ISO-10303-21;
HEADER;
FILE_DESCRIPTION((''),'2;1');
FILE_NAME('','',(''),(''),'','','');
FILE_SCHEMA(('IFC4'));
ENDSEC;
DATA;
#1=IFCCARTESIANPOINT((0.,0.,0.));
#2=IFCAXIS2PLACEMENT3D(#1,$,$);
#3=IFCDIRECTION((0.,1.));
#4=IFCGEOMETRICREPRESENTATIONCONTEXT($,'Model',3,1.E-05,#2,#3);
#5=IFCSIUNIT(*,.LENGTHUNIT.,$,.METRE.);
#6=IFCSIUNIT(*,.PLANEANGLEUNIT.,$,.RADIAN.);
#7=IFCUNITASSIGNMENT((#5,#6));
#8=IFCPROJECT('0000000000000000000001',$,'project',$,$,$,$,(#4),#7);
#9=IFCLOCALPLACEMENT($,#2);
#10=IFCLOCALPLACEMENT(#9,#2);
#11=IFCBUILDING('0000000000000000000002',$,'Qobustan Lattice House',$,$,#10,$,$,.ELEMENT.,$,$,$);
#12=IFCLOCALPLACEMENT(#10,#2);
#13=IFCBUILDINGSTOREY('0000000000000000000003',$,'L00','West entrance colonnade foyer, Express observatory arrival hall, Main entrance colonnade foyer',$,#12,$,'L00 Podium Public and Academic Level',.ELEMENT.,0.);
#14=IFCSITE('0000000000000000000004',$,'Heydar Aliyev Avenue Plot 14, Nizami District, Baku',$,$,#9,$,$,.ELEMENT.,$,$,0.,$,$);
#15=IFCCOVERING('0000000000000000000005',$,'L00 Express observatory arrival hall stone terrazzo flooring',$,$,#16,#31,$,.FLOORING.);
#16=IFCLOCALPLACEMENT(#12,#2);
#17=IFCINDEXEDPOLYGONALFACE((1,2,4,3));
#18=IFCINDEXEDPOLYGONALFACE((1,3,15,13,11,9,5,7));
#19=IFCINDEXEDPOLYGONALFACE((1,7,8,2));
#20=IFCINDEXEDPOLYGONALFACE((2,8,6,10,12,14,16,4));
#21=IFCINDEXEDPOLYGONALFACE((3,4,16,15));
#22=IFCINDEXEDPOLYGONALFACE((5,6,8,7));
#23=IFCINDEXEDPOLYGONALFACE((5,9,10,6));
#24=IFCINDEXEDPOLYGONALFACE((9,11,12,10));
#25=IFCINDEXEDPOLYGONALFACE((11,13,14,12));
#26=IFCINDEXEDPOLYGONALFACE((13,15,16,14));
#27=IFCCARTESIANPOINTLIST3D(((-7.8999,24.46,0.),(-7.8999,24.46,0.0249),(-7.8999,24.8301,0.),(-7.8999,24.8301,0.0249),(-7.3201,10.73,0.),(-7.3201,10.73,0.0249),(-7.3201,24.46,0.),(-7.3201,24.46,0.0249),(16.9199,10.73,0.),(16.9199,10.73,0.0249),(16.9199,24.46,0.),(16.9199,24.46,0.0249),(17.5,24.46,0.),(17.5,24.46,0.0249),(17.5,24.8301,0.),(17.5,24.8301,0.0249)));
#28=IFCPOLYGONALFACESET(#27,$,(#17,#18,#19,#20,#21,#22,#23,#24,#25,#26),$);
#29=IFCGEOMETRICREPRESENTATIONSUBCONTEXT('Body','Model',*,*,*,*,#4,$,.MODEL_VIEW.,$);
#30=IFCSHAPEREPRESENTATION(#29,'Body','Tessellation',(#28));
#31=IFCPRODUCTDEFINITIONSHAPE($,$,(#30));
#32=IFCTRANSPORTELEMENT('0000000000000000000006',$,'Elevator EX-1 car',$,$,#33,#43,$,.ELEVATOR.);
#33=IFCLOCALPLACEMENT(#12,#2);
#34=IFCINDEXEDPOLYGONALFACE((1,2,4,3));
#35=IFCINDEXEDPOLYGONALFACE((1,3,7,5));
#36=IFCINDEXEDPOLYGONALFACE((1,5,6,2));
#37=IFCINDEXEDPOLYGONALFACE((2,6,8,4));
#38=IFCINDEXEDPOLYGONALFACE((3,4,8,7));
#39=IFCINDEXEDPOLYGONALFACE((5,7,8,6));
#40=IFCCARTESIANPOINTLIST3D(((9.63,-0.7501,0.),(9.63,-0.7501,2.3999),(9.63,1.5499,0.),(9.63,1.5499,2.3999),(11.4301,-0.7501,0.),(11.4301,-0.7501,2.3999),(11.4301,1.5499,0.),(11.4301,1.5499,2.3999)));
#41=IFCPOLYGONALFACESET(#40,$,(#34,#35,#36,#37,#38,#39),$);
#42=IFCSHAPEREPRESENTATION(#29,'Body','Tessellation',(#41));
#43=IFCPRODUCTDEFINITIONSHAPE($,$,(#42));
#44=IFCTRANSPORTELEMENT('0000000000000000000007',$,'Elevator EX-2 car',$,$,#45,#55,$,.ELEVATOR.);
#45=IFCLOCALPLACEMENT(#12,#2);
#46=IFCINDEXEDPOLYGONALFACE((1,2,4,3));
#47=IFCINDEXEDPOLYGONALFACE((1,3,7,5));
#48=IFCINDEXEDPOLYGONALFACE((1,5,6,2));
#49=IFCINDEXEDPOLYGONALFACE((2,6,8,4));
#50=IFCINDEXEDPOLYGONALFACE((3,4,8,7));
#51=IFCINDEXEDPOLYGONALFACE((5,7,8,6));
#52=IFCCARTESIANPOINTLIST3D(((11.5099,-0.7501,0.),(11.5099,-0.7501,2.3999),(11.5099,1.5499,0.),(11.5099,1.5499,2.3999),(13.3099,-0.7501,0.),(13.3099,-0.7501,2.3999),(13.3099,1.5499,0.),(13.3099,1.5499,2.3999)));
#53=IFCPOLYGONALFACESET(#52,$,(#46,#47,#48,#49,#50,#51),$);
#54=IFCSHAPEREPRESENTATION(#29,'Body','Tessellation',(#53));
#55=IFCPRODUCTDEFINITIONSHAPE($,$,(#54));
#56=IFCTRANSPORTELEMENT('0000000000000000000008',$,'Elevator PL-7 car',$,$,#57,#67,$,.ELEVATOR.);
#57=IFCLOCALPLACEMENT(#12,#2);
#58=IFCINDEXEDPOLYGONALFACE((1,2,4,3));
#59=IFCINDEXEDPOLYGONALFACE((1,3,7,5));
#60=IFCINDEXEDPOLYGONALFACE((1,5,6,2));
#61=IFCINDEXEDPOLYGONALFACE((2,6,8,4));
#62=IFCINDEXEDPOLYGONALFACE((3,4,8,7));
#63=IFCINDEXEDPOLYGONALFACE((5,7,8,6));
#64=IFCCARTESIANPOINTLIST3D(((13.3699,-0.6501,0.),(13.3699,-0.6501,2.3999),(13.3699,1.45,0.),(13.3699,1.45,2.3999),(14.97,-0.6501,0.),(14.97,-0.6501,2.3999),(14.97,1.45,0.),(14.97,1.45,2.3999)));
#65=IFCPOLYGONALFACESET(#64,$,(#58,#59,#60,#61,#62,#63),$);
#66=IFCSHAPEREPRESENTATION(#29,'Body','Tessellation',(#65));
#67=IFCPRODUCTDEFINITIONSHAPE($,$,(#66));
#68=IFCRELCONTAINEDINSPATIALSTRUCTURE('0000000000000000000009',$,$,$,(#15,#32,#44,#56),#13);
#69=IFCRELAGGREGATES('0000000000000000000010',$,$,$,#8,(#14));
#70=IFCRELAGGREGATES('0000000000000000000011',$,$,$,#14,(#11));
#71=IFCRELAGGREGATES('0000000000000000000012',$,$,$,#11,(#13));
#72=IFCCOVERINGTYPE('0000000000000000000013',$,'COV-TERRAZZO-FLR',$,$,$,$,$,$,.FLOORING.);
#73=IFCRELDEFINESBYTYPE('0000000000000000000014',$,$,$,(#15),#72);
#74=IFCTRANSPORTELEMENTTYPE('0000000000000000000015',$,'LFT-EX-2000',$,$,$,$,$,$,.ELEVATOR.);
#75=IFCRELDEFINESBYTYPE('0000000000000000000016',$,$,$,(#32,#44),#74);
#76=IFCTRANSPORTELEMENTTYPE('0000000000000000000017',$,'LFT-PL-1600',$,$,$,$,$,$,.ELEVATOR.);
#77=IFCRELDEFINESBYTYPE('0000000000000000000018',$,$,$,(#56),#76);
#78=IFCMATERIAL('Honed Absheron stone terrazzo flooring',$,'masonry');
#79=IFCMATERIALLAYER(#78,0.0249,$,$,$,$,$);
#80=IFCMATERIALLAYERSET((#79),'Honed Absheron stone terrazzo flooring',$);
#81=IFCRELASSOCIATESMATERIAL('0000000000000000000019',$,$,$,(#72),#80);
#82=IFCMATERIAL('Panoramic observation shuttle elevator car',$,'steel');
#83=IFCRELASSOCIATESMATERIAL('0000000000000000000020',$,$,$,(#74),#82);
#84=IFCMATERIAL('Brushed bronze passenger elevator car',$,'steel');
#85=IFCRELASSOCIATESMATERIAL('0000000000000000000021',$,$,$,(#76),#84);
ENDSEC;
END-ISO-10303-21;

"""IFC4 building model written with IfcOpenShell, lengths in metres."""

from ifc_helpers import new_model, si_unit, direction, frame, origin, origin_2d, place, context, subcontext, project, spatial, polyline, rectangle, outline, extrude, material, layer, layer_set, type_object, element, save


model = new_model("IFC4")

# Units and contexts
model_context = context("Model", 3, precision=1e-05, world=origin(), true_north=direction((0.0, 1.0)))
body_context = subcontext(model_context, "Body", "Model", "MODEL_VIEW")
ifc_project = project(units=[si_unit("LENGTHUNIT", "METRE"), si_unit("PLANEANGLEUNIT", "RADIAN")], contexts=[model_context])

# Site, building, storey
site_placement = place(None, origin())
site = spatial("IfcSite", under=ifc_project, at=site_placement, Name="Heydar Aliyev Avenue Plot 14, Nizami District, Baku", CompositionType="ELEMENT", RefElevation=0.0)
building_placement = place(site_placement, origin())
building = spatial("IfcBuilding", under=site, at=building_placement, Name="Qobustan Lattice House", CompositionType="ELEMENT")
storey_placement = place(building_placement, origin())
storey = spatial("IfcBuildingStorey", under=building, at=storey_placement, Name="L00", Description="West entrance colonnade foyer, Express observatory arrival hall, Main entrance colonnade foyer", LongName="L00 Podium Public and Academic Level", CompositionType="ELEMENT", Elevation=0.0)

# Covering
ifc_material_1 = material(Name="Honed Absheron stone terrazzo flooring", Category="masonry")
ifc_layer_1 = layer(ifc_material_1, 0.0249)
ifc_layer_set_1 = layer_set([ifc_layer_1], Name="Honed Absheron stone terrazzo flooring")
covering_type_1 = type_object("IfcCoveringType", Name="COV-TERRAZZO-FLR", PredefinedType="FLOORING", material=ifc_layer_set_1)
covering_1_placement = place(storey_placement, origin())
element("IfcCovering", 1, at=covering_1_placement, inside=storey, type_object=covering_type_1, Name="L00 Express observatory arrival hall stone terrazzo flooring", PredefinedType="FLOORING", context=body_context, shape_type="SweptSolid", body=[
    extrude(outline(polyline([(16.9199, 10.73), (16.9199, 24.46), (17.5, 24.46), (17.5, 24.8301), (-7.8999, 24.8301), (-7.8999, 24.46), (-7.3201, 24.46), (-7.3201, 10.73), (16.9199, 10.73)])), origin(), (0.0, 0.0, 1.0), 0.0249),
])

# Transport elements
ifc_material_2 = material(Name="Panoramic observation shuttle elevator car", Category="steel")
transport_element_type_1 = type_object("IfcTransportElementType", Name="LFT-EX-2000", PredefinedType="ELEVATOR", material=ifc_material_2)
for number, where, z_axis, x_axis, name in (
    (2, (10.53, 0.3999, 0.0), (0.0, 0.0, 1.0), (1.0, 0.0, 0.0), "Elevator EX-1 car"),
    (3, (12.4099, 0.3999, 0.0), (0.0, 0.0, 1.0), (1.0, 0.0, 0.0), "Elevator EX-2 car"),
):
    element("IfcTransportElement", number, at=place(storey_placement, frame(where, z_axis=z_axis, x_axis=x_axis)), inside=storey, type_object=transport_element_type_1, Name=name, PredefinedType="ELEVATOR", context=body_context, shape_type="SweptSolid", body=[
        extrude(rectangle(XDim=1.8, YDim=2.3, at=origin_2d()), origin(), (0.0, 0.0, 1.0), 2.3999),
    ])
ifc_material_3 = material(Name="Brushed bronze passenger elevator car", Category="steel")
transport_element_type_2 = type_object("IfcTransportElementType", Name="LFT-PL-1600", PredefinedType="ELEVATOR", material=ifc_material_3)
transport_element_placement = place(storey_placement, frame((14.1699, 0.3999, 0.0), z_axis=(0.0, 0.0, 1.0), x_axis=(1.0, 0.0, 0.0)))
element("IfcTransportElement", 4, at=transport_element_placement, inside=storey, type_object=transport_element_type_2, Name="Elevator PL-7 car", PredefinedType="ELEVATOR", context=body_context, shape_type="SweptSolid", body=[
    extrude(rectangle(XDim=1.6001, YDim=2.1001, at=origin_2d()), origin(), (0.0, 0.0, 1.0), 2.3999),
])

save(model, "model.ifc")
